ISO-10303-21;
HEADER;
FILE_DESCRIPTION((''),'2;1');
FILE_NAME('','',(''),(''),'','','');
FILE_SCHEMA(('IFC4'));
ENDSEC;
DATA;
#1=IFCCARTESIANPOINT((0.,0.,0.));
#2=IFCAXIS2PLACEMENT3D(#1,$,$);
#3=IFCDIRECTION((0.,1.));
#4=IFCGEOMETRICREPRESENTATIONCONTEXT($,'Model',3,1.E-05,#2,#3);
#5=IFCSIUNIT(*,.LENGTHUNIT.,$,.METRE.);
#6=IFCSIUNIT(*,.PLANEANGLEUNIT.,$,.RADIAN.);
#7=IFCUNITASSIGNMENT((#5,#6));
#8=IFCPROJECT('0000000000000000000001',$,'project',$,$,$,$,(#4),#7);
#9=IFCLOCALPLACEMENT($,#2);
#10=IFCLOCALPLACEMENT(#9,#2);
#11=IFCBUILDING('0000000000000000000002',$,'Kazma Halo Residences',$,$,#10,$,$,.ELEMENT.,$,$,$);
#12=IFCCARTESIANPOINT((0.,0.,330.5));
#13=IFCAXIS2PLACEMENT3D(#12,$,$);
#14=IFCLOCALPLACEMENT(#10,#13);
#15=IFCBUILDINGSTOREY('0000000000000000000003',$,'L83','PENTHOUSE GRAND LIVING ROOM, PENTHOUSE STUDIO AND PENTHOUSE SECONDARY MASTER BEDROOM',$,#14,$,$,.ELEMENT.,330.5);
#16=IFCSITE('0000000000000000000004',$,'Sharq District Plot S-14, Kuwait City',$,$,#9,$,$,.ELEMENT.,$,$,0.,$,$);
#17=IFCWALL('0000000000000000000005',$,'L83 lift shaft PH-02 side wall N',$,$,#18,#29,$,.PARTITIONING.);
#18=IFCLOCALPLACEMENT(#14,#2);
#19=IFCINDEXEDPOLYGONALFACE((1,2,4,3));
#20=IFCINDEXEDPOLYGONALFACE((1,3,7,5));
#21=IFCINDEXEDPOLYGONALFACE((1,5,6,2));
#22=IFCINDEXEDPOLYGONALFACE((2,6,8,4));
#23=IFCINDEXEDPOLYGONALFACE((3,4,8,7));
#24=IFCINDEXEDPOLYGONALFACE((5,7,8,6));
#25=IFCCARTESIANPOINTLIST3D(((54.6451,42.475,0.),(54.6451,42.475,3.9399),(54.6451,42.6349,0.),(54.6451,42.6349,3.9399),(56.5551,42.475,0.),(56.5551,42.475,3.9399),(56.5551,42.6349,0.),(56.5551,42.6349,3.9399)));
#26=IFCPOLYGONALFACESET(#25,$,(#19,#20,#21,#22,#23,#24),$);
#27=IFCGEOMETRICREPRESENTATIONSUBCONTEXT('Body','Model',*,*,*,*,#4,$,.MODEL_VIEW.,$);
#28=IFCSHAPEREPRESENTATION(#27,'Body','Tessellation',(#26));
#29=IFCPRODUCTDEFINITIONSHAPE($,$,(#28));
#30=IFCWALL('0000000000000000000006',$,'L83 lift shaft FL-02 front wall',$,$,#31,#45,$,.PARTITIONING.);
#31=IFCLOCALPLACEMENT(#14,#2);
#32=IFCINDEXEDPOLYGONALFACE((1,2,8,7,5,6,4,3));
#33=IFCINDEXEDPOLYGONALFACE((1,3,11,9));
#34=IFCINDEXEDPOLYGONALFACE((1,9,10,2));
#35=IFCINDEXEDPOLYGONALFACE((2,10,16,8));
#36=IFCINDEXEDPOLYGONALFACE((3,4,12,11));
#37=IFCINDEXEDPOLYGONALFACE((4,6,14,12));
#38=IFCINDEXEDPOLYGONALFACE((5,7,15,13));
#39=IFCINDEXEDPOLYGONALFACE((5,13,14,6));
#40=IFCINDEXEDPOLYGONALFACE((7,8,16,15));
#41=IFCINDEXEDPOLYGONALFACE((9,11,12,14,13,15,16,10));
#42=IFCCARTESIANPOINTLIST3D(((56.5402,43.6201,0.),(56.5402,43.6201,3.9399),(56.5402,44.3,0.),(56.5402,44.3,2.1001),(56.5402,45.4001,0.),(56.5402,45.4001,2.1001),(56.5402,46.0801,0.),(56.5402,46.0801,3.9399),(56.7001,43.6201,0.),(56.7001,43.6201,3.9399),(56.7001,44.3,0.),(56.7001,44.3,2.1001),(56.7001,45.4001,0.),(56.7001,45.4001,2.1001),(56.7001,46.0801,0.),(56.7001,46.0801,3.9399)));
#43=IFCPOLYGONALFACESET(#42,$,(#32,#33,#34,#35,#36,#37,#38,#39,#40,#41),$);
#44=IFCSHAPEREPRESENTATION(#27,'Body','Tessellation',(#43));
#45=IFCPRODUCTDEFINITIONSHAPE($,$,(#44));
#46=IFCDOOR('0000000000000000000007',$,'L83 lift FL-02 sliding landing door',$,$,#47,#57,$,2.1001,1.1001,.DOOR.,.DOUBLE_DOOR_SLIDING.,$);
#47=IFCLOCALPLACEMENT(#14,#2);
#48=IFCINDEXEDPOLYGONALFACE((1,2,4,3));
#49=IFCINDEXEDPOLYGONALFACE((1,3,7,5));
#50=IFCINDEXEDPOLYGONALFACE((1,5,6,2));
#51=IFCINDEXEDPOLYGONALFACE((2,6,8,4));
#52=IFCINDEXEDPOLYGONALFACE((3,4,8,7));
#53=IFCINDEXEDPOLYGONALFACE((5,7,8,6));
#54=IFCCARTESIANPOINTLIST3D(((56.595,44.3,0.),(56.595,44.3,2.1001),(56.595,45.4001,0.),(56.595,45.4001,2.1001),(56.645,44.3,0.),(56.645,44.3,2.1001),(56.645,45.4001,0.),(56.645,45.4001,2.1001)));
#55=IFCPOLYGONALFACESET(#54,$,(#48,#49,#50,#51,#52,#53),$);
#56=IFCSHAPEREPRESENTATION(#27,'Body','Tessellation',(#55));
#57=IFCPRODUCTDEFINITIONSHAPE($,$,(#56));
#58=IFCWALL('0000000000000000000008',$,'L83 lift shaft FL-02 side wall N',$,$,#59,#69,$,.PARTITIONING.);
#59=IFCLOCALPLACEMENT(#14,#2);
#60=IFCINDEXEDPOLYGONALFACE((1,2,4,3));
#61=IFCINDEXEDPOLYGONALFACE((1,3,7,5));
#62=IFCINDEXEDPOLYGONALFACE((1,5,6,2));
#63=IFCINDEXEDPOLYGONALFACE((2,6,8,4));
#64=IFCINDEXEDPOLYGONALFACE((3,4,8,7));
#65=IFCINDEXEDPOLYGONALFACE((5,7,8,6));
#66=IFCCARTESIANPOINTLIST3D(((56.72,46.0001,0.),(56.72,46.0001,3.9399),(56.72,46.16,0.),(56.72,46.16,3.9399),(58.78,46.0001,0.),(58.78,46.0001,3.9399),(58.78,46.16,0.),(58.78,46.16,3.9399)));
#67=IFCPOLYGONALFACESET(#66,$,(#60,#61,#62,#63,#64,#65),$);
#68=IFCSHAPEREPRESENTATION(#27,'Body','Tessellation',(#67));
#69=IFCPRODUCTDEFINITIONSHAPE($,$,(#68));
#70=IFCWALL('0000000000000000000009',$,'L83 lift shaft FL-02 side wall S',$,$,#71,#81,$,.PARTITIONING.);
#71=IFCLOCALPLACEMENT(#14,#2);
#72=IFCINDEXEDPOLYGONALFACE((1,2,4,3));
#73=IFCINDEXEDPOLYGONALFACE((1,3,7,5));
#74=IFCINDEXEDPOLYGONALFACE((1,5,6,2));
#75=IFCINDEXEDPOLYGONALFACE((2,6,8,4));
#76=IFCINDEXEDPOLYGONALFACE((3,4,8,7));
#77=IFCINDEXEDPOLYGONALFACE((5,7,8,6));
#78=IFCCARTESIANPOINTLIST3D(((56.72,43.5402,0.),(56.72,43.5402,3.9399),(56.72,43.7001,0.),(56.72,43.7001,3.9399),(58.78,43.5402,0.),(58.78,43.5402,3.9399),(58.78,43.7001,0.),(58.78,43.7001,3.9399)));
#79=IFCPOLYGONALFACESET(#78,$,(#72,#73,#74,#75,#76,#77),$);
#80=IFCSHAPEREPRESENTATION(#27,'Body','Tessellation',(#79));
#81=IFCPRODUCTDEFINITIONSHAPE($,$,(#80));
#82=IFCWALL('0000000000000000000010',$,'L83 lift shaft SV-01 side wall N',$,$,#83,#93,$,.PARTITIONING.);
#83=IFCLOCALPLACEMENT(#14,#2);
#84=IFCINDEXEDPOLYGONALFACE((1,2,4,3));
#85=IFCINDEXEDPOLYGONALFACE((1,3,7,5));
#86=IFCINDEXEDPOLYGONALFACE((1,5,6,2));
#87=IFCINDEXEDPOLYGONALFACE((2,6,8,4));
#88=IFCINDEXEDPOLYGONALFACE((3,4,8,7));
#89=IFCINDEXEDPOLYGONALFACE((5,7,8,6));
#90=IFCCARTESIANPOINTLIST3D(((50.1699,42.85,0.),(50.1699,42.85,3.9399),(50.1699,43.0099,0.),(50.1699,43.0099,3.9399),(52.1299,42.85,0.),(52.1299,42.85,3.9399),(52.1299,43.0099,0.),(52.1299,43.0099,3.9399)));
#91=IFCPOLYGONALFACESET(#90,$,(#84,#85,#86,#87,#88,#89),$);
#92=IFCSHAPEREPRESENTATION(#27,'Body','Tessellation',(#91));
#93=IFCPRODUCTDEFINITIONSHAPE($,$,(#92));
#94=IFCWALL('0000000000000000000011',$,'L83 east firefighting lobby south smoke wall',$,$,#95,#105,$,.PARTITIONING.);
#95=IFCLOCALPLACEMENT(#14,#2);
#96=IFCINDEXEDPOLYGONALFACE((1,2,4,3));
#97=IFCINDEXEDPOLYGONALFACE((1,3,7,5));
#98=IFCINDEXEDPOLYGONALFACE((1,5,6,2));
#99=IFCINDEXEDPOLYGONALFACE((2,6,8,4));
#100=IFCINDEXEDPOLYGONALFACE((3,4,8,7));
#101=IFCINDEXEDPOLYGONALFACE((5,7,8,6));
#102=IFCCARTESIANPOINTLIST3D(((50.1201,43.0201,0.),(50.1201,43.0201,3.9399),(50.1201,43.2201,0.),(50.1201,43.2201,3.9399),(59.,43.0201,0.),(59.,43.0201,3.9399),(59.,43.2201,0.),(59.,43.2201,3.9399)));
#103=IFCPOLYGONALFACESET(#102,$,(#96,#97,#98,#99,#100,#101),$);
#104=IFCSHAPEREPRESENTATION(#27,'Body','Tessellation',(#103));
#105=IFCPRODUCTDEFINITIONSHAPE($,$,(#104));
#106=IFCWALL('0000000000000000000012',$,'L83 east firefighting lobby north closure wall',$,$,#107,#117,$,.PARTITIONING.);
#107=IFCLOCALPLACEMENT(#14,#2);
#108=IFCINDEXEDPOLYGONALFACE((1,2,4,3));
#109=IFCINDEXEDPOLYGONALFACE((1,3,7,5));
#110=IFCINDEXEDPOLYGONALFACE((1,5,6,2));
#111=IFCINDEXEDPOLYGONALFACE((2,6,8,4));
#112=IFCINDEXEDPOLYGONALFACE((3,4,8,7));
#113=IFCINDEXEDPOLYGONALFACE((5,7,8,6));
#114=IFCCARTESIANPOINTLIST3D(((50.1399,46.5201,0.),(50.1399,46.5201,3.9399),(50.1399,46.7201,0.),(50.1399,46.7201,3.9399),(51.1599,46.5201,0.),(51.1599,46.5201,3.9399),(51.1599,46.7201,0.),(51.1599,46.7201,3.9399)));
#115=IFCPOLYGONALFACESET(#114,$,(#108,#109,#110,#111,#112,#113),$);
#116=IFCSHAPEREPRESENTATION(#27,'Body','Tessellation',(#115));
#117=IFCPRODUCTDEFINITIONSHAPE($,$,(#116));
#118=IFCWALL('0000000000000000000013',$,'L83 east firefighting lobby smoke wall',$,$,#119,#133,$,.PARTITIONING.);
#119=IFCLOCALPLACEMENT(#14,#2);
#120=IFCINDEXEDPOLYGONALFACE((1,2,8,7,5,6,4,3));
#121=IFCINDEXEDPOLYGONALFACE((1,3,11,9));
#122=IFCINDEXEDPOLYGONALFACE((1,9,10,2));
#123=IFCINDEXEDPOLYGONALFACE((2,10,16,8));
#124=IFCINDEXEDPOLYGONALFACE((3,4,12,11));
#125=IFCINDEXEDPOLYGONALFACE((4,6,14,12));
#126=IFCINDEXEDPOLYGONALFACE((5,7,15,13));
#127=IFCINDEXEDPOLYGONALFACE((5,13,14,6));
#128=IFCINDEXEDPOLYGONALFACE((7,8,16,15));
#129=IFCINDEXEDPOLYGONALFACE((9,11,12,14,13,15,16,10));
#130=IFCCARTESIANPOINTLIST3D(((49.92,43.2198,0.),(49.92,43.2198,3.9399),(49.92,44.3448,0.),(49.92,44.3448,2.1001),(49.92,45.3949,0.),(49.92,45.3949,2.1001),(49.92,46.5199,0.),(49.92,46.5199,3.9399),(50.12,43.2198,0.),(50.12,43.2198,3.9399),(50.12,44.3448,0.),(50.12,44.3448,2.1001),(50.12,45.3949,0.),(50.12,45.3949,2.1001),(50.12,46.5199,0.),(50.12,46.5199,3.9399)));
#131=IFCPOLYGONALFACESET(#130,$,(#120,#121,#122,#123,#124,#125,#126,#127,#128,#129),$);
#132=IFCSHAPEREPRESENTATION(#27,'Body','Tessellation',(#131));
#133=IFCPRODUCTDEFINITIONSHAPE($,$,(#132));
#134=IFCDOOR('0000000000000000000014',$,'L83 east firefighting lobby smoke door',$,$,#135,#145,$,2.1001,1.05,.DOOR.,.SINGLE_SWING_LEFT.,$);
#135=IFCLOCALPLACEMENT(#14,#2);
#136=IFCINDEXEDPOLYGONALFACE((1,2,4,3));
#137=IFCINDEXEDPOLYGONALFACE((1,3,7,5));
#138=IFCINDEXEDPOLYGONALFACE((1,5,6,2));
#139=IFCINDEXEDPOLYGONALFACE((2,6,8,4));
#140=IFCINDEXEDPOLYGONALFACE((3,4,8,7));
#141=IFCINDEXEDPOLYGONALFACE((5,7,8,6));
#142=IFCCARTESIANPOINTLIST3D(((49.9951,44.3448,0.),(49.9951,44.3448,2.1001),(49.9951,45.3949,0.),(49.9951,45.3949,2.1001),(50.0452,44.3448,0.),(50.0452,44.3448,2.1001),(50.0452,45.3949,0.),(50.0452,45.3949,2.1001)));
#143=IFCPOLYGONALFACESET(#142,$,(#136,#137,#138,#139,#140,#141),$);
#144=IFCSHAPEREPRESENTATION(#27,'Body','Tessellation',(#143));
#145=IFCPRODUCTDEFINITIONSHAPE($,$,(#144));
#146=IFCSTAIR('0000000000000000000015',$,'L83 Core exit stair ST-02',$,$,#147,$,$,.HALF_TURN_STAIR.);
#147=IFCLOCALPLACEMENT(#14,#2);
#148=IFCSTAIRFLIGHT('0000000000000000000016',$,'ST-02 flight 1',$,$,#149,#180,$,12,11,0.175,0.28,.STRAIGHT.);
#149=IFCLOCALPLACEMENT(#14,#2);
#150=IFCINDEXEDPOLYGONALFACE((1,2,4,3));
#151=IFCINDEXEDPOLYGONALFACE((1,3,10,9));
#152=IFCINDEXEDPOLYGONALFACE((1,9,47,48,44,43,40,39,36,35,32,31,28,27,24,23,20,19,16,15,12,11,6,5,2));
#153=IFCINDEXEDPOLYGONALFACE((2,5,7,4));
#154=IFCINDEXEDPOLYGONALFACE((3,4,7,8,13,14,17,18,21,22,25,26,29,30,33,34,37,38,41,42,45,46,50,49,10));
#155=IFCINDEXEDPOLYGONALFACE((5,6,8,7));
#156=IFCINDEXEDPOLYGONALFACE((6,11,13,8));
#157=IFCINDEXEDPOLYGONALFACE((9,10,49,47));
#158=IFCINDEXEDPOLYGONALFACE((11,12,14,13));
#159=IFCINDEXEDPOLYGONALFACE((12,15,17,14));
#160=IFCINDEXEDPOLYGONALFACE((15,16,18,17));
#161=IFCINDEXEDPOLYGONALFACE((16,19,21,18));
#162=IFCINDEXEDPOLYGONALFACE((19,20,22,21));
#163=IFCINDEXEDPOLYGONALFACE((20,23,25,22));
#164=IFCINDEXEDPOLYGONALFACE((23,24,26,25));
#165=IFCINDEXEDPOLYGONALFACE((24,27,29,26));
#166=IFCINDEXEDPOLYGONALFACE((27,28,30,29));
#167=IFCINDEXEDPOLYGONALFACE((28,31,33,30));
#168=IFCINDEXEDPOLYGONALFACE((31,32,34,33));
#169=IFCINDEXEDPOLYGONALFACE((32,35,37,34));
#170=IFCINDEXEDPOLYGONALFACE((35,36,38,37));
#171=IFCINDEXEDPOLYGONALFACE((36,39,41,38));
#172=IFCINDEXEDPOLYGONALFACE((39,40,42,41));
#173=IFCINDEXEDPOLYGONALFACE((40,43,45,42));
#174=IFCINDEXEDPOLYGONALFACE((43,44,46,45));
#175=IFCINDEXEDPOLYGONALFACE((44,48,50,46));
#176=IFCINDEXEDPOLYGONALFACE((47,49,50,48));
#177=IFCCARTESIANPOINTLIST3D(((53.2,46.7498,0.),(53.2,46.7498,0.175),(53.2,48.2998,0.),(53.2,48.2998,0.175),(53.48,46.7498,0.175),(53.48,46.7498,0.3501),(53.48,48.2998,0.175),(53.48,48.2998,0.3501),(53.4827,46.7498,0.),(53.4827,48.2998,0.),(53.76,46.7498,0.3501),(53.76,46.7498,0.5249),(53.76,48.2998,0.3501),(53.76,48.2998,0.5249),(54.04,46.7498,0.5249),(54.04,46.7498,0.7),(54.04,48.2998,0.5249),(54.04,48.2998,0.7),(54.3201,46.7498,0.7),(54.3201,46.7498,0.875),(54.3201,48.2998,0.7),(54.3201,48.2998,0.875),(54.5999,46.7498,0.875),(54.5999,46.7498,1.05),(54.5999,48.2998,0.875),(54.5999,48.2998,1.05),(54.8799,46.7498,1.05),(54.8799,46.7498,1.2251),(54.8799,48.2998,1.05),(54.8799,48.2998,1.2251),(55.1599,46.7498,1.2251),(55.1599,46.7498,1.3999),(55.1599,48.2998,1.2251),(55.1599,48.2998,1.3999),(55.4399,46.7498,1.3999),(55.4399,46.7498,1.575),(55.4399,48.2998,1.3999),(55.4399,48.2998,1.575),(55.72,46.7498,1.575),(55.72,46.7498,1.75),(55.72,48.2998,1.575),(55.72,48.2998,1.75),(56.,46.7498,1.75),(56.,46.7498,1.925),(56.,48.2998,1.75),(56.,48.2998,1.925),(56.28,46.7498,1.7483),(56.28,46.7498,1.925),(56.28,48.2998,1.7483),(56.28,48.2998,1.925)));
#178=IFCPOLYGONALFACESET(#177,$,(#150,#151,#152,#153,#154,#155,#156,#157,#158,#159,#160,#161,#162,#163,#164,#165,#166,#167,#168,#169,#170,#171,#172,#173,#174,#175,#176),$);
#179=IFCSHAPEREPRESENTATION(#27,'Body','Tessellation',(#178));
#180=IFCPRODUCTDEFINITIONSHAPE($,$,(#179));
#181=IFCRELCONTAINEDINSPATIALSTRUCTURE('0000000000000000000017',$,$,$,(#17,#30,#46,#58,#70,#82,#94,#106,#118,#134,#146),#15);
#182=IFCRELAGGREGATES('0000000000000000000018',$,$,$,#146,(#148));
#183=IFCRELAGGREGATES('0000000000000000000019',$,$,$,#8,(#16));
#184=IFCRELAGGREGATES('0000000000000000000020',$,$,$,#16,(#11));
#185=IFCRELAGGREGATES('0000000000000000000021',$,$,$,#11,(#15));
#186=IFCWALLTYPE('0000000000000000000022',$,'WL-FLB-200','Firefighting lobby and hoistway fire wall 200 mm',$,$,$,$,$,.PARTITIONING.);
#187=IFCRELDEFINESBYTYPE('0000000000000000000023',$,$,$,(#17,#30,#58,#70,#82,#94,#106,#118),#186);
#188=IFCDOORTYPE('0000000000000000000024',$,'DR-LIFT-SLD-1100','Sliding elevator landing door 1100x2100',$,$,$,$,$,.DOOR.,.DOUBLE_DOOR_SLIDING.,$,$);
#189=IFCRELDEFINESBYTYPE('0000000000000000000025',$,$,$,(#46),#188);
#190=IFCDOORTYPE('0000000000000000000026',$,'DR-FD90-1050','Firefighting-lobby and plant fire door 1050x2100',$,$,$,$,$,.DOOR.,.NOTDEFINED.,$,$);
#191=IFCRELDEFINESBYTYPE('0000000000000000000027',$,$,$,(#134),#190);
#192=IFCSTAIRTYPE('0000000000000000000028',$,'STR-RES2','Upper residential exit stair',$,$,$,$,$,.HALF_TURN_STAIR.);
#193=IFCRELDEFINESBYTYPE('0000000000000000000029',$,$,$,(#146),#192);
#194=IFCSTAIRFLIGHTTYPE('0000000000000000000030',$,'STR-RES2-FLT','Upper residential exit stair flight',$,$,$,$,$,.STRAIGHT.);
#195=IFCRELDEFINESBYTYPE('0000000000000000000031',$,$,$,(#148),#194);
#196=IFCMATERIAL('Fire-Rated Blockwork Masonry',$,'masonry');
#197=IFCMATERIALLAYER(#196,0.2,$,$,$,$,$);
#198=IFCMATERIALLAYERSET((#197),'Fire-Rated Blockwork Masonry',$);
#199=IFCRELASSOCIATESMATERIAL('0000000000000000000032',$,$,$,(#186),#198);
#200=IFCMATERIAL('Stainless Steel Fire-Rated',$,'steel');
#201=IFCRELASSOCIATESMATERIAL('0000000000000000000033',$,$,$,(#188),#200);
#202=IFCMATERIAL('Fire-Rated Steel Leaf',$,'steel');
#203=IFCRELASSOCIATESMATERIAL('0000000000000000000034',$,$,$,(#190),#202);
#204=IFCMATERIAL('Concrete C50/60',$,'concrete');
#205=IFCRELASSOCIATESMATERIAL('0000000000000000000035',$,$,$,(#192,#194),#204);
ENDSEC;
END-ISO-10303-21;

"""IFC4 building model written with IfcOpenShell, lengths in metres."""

from ifc_helpers import new_model, si_unit, direction, frame, frame_2d, origin, place, context, subcontext, project, spatial, polyline, rectangle, outline, extrude, material, layer, layer_set, type_object, element, fill, aggregate, save


model = new_model("IFC4")

# Units and contexts
model_context = context("Model", 3, precision=1e-05, world=origin(), true_north=direction((0.0, 1.0)))
body_context = subcontext(model_context, "Body", "Model", "MODEL_VIEW")
ifc_project = project(units=[si_unit("LENGTHUNIT", "METRE"), si_unit("PLANEANGLEUNIT", "RADIAN")], contexts=[model_context])

# Site, building, storey
site_placement = place(None, origin())
site = spatial("IfcSite", under=ifc_project, at=site_placement, Name="Sharq District Plot S-14, Kuwait City", CompositionType="ELEMENT", RefElevation=0.0)
building_placement = place(site_placement, origin())
building = spatial("IfcBuilding", under=site, at=building_placement, Name="Kazma Halo Residences", CompositionType="ELEMENT")
storey_placement = place(building_placement, frame((0.0, 0.0, 330.5)))
storey = spatial("IfcBuildingStorey", under=building, at=storey_placement, Name="L83", Description="PENTHOUSE GRAND LIVING ROOM, PENTHOUSE STUDIO AND PENTHOUSE SECONDARY MASTER BEDROOM", CompositionType="ELEMENT", Elevation=330.5)

# Wall
ifc_material_1 = material(Name="Fire-Rated Blockwork Masonry", Category="masonry")
ifc_layer_1 = layer(ifc_material_1, 0.2)
ifc_layer_set_1 = layer_set([ifc_layer_1], Name="Fire-Rated Blockwork Masonry")
wall_type_1 = type_object("IfcWallType", Name="WL-FLB-200", Description="Firefighting lobby and hoistway fire wall 200 mm", PredefinedType="PARTITIONING", material=ifc_layer_set_1)
for number, where, z_axis, x_axis, name in (
    (1, (54.645, 42.5549, 0.0), (0.0, 0.0, 1.0), (1.0, 0.0, 0.0), "L83 lift shaft PH-02 side wall N"),
):
    element("IfcWall", number, at=place(storey_placement, frame(where, z_axis=z_axis, x_axis=x_axis)), inside=storey, type_object=wall_type_1, Name=name, PredefinedType="PARTITIONING", context=body_context, shape_type="SweptSolid", body=[
        extrude(rectangle(XDim=1.9099, YDim=0.1599, at=frame_2d((0.9551, 0.0))), origin(), (0.0, 0.0, 1.0), 3.9399),
    ])

# Wall, opening, door
wall_1_placement = place(storey_placement, frame((56.6201, 46.0801, 0.0), z_axis=(0.0, 0.0, 1.0), x_axis=(0.0, -1.0, 0.0)))
wall_1 = element("IfcWall", 2, at=wall_1_placement, inside=storey, type_object=wall_type_1, Name="L83 lift shaft FL-02 front wall", PredefinedType="PARTITIONING", context=body_context, shape_type="SweptSolid", body=[
    extrude(rectangle(XDim=2.46, YDim=0.1599, at=frame_2d((1.23, 0.0))), origin(), (0.0, 0.0, 1.0), 3.9399),
])
opening_1_placement = place(wall_1_placement, frame((0.6799, 0.0, 0.0)))
opening_1 = element("IfcOpeningElement", 3, at=opening_1_placement, cuts=wall_1, PredefinedType="OPENING", context=body_context, shape_type="SweptSolid", body=[
    extrude(rectangle(XDim=1.1001, YDim=2.1001, at=frame_2d((0.55, 1.05))), frame((0.0, 0.0898, 0.0), z_axis=(0.0, -1.0, 0.0), x_axis=(1.0, 0.0, 0.0)), (0.0, 0.0, 1.0), 0.1799),
])
ifc_material_2 = material(Name="Stainless Steel Fire-Rated", Category="steel")
door_type_1 = type_object("IfcDoorType", Name="DR-LIFT-SLD-1100", Description="Sliding elevator landing door 1100x2100", OperationType="DOUBLE_DOOR_SLIDING", PredefinedType="DOOR", material=ifc_material_2)
door_1_placement = place(opening_1_placement, origin())
door_1 = element("IfcDoor", 4, at=door_1_placement, inside=storey, type_object=door_type_1, Name="L83 lift FL-02 sliding landing door", OperationType="DOUBLE_DOOR_SLIDING", OverallHeight=2.1001, OverallWidth=1.1001, PredefinedType="DOOR", context=body_context, shape_type="SweptSolid", body=[
    extrude(rectangle(XDim=1.1001, YDim=2.1001, at=frame_2d((0.55, 1.05))), frame((0.0, 0.0249, 0.0), z_axis=(0.0, -1.0, 0.0), x_axis=(1.0, 0.0, 0.0)), (0.0, 0.0, 1.0), 0.05),
])
fill(opening_1, door_1)

# Walls
for number, where, z_axis, x_axis, name in (
    (5, (56.72, 46.0801, 0.0), (0.0, 0.0, 1.0), (1.0, 0.0, 0.0), "L83 lift shaft FL-02 side wall N"),
    (6, (56.72, 43.6201, 0.0), (0.0, 0.0, 1.0), (1.0, 0.0, 0.0), "L83 lift shaft FL-02 side wall S"),
):
    element("IfcWall", number, at=place(storey_placement, frame(where, z_axis=z_axis, x_axis=x_axis)), inside=storey, type_object=wall_type_1, Name=name, PredefinedType="PARTITIONING", context=body_context, shape_type="SweptSolid", body=[
        extrude(rectangle(XDim=2.0601, YDim=0.1599, at=frame_2d((1.03, 0.0))), origin(), (0.0, 0.0, 1.0), 3.9399),
    ])
wall_2_placement = place(storey_placement, frame((50.1699, 42.9299, 0.0), z_axis=(0.0, 0.0, 1.0), x_axis=(1.0, 0.0, 0.0)))
element("IfcWall", 7, at=wall_2_placement, inside=storey, type_object=wall_type_1, Name="L83 lift shaft SV-01 side wall N", PredefinedType="PARTITIONING", context=body_context, shape_type="SweptSolid", body=[
    extrude(rectangle(XDim=1.96, YDim=0.1599, at=frame_2d((0.98, 0.0))), origin(), (0.0, 0.0, 1.0), 3.9399),
])
wall_3_placement = place(storey_placement, frame((50.1201, 43.1201, 0.0), z_axis=(0.0, 0.0, 1.0), x_axis=(1.0, 0.0, 0.0)))
element("IfcWall", 8, at=wall_3_placement, inside=storey, type_object=wall_type_1, Name="L83 east firefighting lobby south smoke wall", PredefinedType="PARTITIONING", context=body_context, shape_type="SweptSolid", body=[
    extrude(rectangle(XDim=8.8799, YDim=0.2, at=frame_2d((4.4399, 0.0))), origin(), (0.0, 0.0, 1.0), 3.9399),
])
wall_4_placement = place(storey_placement, frame((50.1399, 46.6201, 0.0), z_axis=(0.0, 0.0, 1.0), x_axis=(1.0, 0.0, 0.0)))
element("IfcWall", 9, at=wall_4_placement, inside=storey, type_object=wall_type_1, Name="L83 east firefighting lobby north closure wall", PredefinedType="PARTITIONING", context=body_context, shape_type="SweptSolid", body=[
    extrude(rectangle(XDim=1.02, YDim=0.2, at=frame_2d((0.51, 0.0))), origin(), (0.0, 0.0, 1.0), 3.9399),
])

# Wall, opening, door
wall_5_placement = place(storey_placement, frame((50.02, 43.22, 0.0), z_axis=(0.0, 0.0, 1.0), x_axis=(0.0, 1.0, 0.0)))
wall_5 = element("IfcWall", 10, at=wall_5_placement, inside=storey, type_object=wall_type_1, Name="L83 east firefighting lobby smoke wall", PredefinedType="PARTITIONING", context=body_context, shape_type="SweptSolid", body=[
    extrude(rectangle(XDim=3.3, YDim=0.2, at=frame_2d((1.6499, 0.0))), origin(), (0.0, 0.0, 1.0), 3.9399),
])
opening_2_placement = place(wall_5_placement, frame((1.125, 0.0, 0.0)))
opening_2 = element("IfcOpeningElement", 11, at=opening_2_placement, cuts=wall_5, PredefinedType="OPENING", context=body_context, shape_type="SweptSolid", body=[
    extrude(rectangle(XDim=1.05, YDim=2.1001, at=frame_2d((0.5249, 1.05))), frame((0.0, 0.1099, 0.0), z_axis=(0.0, -1.0, 0.0), x_axis=(1.0, 0.0, 0.0)), (0.0, 0.0, 1.0), 0.22),
])
ifc_material_3 = material(Name="Fire-Rated Steel Leaf", Category="steel")
door_type_2 = type_object("IfcDoorType", Name="DR-FD90-1050", Description="Firefighting-lobby and plant fire door 1050x2100", OperationType="NOTDEFINED", PredefinedType="DOOR", material=ifc_material_3)
door_2_placement = place(opening_2_placement, origin())
door_2 = element("IfcDoor", 12, at=door_2_placement, inside=storey, type_object=door_type_2, Name="L83 east firefighting lobby smoke door", OperationType="SINGLE_SWING_LEFT", OverallHeight=2.1001, OverallWidth=1.05, PredefinedType="DOOR", context=body_context, shape_type="SweptSolid", body=[
    extrude(rectangle(XDim=1.05, YDim=2.1001, at=frame_2d((0.5249, 1.05))), frame((0.0, 0.0249, 0.0), z_axis=(0.0, -1.0, 0.0), x_axis=(1.0, 0.0, 0.0)), (0.0, 0.0, 1.0), 0.05),
])
fill(opening_2, door_2)
ifc_material_4 = material(Name="Concrete C50/60", Category="concrete")

# Stair, stair flight
stair_type = type_object("IfcStairType", Name="STR-RES2", Description="Upper residential exit stair", PredefinedType="HALF_TURN_STAIR", material=ifc_material_4)
stair_placement = place(storey_placement, origin())
stair = element("IfcStair", 13, at=stair_placement, inside=storey, type_object=stair_type, Name="L83 Core exit stair ST-02", PredefinedType="HALF_TURN_STAIR")
stair_flight_type = type_object("IfcStairFlightType", Name="STR-RES2-FLT", Description="Upper residential exit stair flight", PredefinedType="STRAIGHT", material=ifc_material_4)
stair_flight_1_placement = place(storey_placement, frame((53.2, 47.5249, 0.0), z_axis=(0.0, 0.0, 1.0), x_axis=(1.0, 0.0, 0.0)))
stair_flight_1 = element("IfcStairFlight", 14, at=stair_flight_1_placement, type_object=stair_flight_type, Name="ST-02 flight 1", NumberOfRisers=12, NumberOfTreads=11, PredefinedType="STRAIGHT", RiserHeight=0.175, TreadLength=0.28, context=body_context, shape_type="SweptSolid", body=[
    extrude(outline(polyline([(0.0, 0.0), (0.0, 0.175), (0.28, 0.175), (0.28, 0.3501), (0.5601, 0.3501), (0.5601, 0.5249), (0.8401, 0.5249), (0.8401, 0.7), (1.1201, 0.7), (1.1201, 0.875), (1.3999, 0.875), (1.3999, 1.05), (1.6799, 1.05), (1.6799, 1.2251), (1.96, 1.2251), (1.96, 1.3999), (2.24, 1.3999), (2.24, 1.575), (2.52, 1.575), (2.52, 1.75), (2.8, 1.75), (2.8, 1.925), (3.0801, 1.925), (3.0801, 2.1001), (3.0801, 1.7483), (0.2827, 0.0), (0.0, 0.0)])), frame((0.0, 0.7749, 0.0), z_axis=(0.0, -1.0, 0.0), x_axis=(1.0, 0.0, 0.0)), (0.0, 0.0, 1.0), 1.55),
])
aggregate(stair, [stair_flight_1])

save(model, "model.ifc")
